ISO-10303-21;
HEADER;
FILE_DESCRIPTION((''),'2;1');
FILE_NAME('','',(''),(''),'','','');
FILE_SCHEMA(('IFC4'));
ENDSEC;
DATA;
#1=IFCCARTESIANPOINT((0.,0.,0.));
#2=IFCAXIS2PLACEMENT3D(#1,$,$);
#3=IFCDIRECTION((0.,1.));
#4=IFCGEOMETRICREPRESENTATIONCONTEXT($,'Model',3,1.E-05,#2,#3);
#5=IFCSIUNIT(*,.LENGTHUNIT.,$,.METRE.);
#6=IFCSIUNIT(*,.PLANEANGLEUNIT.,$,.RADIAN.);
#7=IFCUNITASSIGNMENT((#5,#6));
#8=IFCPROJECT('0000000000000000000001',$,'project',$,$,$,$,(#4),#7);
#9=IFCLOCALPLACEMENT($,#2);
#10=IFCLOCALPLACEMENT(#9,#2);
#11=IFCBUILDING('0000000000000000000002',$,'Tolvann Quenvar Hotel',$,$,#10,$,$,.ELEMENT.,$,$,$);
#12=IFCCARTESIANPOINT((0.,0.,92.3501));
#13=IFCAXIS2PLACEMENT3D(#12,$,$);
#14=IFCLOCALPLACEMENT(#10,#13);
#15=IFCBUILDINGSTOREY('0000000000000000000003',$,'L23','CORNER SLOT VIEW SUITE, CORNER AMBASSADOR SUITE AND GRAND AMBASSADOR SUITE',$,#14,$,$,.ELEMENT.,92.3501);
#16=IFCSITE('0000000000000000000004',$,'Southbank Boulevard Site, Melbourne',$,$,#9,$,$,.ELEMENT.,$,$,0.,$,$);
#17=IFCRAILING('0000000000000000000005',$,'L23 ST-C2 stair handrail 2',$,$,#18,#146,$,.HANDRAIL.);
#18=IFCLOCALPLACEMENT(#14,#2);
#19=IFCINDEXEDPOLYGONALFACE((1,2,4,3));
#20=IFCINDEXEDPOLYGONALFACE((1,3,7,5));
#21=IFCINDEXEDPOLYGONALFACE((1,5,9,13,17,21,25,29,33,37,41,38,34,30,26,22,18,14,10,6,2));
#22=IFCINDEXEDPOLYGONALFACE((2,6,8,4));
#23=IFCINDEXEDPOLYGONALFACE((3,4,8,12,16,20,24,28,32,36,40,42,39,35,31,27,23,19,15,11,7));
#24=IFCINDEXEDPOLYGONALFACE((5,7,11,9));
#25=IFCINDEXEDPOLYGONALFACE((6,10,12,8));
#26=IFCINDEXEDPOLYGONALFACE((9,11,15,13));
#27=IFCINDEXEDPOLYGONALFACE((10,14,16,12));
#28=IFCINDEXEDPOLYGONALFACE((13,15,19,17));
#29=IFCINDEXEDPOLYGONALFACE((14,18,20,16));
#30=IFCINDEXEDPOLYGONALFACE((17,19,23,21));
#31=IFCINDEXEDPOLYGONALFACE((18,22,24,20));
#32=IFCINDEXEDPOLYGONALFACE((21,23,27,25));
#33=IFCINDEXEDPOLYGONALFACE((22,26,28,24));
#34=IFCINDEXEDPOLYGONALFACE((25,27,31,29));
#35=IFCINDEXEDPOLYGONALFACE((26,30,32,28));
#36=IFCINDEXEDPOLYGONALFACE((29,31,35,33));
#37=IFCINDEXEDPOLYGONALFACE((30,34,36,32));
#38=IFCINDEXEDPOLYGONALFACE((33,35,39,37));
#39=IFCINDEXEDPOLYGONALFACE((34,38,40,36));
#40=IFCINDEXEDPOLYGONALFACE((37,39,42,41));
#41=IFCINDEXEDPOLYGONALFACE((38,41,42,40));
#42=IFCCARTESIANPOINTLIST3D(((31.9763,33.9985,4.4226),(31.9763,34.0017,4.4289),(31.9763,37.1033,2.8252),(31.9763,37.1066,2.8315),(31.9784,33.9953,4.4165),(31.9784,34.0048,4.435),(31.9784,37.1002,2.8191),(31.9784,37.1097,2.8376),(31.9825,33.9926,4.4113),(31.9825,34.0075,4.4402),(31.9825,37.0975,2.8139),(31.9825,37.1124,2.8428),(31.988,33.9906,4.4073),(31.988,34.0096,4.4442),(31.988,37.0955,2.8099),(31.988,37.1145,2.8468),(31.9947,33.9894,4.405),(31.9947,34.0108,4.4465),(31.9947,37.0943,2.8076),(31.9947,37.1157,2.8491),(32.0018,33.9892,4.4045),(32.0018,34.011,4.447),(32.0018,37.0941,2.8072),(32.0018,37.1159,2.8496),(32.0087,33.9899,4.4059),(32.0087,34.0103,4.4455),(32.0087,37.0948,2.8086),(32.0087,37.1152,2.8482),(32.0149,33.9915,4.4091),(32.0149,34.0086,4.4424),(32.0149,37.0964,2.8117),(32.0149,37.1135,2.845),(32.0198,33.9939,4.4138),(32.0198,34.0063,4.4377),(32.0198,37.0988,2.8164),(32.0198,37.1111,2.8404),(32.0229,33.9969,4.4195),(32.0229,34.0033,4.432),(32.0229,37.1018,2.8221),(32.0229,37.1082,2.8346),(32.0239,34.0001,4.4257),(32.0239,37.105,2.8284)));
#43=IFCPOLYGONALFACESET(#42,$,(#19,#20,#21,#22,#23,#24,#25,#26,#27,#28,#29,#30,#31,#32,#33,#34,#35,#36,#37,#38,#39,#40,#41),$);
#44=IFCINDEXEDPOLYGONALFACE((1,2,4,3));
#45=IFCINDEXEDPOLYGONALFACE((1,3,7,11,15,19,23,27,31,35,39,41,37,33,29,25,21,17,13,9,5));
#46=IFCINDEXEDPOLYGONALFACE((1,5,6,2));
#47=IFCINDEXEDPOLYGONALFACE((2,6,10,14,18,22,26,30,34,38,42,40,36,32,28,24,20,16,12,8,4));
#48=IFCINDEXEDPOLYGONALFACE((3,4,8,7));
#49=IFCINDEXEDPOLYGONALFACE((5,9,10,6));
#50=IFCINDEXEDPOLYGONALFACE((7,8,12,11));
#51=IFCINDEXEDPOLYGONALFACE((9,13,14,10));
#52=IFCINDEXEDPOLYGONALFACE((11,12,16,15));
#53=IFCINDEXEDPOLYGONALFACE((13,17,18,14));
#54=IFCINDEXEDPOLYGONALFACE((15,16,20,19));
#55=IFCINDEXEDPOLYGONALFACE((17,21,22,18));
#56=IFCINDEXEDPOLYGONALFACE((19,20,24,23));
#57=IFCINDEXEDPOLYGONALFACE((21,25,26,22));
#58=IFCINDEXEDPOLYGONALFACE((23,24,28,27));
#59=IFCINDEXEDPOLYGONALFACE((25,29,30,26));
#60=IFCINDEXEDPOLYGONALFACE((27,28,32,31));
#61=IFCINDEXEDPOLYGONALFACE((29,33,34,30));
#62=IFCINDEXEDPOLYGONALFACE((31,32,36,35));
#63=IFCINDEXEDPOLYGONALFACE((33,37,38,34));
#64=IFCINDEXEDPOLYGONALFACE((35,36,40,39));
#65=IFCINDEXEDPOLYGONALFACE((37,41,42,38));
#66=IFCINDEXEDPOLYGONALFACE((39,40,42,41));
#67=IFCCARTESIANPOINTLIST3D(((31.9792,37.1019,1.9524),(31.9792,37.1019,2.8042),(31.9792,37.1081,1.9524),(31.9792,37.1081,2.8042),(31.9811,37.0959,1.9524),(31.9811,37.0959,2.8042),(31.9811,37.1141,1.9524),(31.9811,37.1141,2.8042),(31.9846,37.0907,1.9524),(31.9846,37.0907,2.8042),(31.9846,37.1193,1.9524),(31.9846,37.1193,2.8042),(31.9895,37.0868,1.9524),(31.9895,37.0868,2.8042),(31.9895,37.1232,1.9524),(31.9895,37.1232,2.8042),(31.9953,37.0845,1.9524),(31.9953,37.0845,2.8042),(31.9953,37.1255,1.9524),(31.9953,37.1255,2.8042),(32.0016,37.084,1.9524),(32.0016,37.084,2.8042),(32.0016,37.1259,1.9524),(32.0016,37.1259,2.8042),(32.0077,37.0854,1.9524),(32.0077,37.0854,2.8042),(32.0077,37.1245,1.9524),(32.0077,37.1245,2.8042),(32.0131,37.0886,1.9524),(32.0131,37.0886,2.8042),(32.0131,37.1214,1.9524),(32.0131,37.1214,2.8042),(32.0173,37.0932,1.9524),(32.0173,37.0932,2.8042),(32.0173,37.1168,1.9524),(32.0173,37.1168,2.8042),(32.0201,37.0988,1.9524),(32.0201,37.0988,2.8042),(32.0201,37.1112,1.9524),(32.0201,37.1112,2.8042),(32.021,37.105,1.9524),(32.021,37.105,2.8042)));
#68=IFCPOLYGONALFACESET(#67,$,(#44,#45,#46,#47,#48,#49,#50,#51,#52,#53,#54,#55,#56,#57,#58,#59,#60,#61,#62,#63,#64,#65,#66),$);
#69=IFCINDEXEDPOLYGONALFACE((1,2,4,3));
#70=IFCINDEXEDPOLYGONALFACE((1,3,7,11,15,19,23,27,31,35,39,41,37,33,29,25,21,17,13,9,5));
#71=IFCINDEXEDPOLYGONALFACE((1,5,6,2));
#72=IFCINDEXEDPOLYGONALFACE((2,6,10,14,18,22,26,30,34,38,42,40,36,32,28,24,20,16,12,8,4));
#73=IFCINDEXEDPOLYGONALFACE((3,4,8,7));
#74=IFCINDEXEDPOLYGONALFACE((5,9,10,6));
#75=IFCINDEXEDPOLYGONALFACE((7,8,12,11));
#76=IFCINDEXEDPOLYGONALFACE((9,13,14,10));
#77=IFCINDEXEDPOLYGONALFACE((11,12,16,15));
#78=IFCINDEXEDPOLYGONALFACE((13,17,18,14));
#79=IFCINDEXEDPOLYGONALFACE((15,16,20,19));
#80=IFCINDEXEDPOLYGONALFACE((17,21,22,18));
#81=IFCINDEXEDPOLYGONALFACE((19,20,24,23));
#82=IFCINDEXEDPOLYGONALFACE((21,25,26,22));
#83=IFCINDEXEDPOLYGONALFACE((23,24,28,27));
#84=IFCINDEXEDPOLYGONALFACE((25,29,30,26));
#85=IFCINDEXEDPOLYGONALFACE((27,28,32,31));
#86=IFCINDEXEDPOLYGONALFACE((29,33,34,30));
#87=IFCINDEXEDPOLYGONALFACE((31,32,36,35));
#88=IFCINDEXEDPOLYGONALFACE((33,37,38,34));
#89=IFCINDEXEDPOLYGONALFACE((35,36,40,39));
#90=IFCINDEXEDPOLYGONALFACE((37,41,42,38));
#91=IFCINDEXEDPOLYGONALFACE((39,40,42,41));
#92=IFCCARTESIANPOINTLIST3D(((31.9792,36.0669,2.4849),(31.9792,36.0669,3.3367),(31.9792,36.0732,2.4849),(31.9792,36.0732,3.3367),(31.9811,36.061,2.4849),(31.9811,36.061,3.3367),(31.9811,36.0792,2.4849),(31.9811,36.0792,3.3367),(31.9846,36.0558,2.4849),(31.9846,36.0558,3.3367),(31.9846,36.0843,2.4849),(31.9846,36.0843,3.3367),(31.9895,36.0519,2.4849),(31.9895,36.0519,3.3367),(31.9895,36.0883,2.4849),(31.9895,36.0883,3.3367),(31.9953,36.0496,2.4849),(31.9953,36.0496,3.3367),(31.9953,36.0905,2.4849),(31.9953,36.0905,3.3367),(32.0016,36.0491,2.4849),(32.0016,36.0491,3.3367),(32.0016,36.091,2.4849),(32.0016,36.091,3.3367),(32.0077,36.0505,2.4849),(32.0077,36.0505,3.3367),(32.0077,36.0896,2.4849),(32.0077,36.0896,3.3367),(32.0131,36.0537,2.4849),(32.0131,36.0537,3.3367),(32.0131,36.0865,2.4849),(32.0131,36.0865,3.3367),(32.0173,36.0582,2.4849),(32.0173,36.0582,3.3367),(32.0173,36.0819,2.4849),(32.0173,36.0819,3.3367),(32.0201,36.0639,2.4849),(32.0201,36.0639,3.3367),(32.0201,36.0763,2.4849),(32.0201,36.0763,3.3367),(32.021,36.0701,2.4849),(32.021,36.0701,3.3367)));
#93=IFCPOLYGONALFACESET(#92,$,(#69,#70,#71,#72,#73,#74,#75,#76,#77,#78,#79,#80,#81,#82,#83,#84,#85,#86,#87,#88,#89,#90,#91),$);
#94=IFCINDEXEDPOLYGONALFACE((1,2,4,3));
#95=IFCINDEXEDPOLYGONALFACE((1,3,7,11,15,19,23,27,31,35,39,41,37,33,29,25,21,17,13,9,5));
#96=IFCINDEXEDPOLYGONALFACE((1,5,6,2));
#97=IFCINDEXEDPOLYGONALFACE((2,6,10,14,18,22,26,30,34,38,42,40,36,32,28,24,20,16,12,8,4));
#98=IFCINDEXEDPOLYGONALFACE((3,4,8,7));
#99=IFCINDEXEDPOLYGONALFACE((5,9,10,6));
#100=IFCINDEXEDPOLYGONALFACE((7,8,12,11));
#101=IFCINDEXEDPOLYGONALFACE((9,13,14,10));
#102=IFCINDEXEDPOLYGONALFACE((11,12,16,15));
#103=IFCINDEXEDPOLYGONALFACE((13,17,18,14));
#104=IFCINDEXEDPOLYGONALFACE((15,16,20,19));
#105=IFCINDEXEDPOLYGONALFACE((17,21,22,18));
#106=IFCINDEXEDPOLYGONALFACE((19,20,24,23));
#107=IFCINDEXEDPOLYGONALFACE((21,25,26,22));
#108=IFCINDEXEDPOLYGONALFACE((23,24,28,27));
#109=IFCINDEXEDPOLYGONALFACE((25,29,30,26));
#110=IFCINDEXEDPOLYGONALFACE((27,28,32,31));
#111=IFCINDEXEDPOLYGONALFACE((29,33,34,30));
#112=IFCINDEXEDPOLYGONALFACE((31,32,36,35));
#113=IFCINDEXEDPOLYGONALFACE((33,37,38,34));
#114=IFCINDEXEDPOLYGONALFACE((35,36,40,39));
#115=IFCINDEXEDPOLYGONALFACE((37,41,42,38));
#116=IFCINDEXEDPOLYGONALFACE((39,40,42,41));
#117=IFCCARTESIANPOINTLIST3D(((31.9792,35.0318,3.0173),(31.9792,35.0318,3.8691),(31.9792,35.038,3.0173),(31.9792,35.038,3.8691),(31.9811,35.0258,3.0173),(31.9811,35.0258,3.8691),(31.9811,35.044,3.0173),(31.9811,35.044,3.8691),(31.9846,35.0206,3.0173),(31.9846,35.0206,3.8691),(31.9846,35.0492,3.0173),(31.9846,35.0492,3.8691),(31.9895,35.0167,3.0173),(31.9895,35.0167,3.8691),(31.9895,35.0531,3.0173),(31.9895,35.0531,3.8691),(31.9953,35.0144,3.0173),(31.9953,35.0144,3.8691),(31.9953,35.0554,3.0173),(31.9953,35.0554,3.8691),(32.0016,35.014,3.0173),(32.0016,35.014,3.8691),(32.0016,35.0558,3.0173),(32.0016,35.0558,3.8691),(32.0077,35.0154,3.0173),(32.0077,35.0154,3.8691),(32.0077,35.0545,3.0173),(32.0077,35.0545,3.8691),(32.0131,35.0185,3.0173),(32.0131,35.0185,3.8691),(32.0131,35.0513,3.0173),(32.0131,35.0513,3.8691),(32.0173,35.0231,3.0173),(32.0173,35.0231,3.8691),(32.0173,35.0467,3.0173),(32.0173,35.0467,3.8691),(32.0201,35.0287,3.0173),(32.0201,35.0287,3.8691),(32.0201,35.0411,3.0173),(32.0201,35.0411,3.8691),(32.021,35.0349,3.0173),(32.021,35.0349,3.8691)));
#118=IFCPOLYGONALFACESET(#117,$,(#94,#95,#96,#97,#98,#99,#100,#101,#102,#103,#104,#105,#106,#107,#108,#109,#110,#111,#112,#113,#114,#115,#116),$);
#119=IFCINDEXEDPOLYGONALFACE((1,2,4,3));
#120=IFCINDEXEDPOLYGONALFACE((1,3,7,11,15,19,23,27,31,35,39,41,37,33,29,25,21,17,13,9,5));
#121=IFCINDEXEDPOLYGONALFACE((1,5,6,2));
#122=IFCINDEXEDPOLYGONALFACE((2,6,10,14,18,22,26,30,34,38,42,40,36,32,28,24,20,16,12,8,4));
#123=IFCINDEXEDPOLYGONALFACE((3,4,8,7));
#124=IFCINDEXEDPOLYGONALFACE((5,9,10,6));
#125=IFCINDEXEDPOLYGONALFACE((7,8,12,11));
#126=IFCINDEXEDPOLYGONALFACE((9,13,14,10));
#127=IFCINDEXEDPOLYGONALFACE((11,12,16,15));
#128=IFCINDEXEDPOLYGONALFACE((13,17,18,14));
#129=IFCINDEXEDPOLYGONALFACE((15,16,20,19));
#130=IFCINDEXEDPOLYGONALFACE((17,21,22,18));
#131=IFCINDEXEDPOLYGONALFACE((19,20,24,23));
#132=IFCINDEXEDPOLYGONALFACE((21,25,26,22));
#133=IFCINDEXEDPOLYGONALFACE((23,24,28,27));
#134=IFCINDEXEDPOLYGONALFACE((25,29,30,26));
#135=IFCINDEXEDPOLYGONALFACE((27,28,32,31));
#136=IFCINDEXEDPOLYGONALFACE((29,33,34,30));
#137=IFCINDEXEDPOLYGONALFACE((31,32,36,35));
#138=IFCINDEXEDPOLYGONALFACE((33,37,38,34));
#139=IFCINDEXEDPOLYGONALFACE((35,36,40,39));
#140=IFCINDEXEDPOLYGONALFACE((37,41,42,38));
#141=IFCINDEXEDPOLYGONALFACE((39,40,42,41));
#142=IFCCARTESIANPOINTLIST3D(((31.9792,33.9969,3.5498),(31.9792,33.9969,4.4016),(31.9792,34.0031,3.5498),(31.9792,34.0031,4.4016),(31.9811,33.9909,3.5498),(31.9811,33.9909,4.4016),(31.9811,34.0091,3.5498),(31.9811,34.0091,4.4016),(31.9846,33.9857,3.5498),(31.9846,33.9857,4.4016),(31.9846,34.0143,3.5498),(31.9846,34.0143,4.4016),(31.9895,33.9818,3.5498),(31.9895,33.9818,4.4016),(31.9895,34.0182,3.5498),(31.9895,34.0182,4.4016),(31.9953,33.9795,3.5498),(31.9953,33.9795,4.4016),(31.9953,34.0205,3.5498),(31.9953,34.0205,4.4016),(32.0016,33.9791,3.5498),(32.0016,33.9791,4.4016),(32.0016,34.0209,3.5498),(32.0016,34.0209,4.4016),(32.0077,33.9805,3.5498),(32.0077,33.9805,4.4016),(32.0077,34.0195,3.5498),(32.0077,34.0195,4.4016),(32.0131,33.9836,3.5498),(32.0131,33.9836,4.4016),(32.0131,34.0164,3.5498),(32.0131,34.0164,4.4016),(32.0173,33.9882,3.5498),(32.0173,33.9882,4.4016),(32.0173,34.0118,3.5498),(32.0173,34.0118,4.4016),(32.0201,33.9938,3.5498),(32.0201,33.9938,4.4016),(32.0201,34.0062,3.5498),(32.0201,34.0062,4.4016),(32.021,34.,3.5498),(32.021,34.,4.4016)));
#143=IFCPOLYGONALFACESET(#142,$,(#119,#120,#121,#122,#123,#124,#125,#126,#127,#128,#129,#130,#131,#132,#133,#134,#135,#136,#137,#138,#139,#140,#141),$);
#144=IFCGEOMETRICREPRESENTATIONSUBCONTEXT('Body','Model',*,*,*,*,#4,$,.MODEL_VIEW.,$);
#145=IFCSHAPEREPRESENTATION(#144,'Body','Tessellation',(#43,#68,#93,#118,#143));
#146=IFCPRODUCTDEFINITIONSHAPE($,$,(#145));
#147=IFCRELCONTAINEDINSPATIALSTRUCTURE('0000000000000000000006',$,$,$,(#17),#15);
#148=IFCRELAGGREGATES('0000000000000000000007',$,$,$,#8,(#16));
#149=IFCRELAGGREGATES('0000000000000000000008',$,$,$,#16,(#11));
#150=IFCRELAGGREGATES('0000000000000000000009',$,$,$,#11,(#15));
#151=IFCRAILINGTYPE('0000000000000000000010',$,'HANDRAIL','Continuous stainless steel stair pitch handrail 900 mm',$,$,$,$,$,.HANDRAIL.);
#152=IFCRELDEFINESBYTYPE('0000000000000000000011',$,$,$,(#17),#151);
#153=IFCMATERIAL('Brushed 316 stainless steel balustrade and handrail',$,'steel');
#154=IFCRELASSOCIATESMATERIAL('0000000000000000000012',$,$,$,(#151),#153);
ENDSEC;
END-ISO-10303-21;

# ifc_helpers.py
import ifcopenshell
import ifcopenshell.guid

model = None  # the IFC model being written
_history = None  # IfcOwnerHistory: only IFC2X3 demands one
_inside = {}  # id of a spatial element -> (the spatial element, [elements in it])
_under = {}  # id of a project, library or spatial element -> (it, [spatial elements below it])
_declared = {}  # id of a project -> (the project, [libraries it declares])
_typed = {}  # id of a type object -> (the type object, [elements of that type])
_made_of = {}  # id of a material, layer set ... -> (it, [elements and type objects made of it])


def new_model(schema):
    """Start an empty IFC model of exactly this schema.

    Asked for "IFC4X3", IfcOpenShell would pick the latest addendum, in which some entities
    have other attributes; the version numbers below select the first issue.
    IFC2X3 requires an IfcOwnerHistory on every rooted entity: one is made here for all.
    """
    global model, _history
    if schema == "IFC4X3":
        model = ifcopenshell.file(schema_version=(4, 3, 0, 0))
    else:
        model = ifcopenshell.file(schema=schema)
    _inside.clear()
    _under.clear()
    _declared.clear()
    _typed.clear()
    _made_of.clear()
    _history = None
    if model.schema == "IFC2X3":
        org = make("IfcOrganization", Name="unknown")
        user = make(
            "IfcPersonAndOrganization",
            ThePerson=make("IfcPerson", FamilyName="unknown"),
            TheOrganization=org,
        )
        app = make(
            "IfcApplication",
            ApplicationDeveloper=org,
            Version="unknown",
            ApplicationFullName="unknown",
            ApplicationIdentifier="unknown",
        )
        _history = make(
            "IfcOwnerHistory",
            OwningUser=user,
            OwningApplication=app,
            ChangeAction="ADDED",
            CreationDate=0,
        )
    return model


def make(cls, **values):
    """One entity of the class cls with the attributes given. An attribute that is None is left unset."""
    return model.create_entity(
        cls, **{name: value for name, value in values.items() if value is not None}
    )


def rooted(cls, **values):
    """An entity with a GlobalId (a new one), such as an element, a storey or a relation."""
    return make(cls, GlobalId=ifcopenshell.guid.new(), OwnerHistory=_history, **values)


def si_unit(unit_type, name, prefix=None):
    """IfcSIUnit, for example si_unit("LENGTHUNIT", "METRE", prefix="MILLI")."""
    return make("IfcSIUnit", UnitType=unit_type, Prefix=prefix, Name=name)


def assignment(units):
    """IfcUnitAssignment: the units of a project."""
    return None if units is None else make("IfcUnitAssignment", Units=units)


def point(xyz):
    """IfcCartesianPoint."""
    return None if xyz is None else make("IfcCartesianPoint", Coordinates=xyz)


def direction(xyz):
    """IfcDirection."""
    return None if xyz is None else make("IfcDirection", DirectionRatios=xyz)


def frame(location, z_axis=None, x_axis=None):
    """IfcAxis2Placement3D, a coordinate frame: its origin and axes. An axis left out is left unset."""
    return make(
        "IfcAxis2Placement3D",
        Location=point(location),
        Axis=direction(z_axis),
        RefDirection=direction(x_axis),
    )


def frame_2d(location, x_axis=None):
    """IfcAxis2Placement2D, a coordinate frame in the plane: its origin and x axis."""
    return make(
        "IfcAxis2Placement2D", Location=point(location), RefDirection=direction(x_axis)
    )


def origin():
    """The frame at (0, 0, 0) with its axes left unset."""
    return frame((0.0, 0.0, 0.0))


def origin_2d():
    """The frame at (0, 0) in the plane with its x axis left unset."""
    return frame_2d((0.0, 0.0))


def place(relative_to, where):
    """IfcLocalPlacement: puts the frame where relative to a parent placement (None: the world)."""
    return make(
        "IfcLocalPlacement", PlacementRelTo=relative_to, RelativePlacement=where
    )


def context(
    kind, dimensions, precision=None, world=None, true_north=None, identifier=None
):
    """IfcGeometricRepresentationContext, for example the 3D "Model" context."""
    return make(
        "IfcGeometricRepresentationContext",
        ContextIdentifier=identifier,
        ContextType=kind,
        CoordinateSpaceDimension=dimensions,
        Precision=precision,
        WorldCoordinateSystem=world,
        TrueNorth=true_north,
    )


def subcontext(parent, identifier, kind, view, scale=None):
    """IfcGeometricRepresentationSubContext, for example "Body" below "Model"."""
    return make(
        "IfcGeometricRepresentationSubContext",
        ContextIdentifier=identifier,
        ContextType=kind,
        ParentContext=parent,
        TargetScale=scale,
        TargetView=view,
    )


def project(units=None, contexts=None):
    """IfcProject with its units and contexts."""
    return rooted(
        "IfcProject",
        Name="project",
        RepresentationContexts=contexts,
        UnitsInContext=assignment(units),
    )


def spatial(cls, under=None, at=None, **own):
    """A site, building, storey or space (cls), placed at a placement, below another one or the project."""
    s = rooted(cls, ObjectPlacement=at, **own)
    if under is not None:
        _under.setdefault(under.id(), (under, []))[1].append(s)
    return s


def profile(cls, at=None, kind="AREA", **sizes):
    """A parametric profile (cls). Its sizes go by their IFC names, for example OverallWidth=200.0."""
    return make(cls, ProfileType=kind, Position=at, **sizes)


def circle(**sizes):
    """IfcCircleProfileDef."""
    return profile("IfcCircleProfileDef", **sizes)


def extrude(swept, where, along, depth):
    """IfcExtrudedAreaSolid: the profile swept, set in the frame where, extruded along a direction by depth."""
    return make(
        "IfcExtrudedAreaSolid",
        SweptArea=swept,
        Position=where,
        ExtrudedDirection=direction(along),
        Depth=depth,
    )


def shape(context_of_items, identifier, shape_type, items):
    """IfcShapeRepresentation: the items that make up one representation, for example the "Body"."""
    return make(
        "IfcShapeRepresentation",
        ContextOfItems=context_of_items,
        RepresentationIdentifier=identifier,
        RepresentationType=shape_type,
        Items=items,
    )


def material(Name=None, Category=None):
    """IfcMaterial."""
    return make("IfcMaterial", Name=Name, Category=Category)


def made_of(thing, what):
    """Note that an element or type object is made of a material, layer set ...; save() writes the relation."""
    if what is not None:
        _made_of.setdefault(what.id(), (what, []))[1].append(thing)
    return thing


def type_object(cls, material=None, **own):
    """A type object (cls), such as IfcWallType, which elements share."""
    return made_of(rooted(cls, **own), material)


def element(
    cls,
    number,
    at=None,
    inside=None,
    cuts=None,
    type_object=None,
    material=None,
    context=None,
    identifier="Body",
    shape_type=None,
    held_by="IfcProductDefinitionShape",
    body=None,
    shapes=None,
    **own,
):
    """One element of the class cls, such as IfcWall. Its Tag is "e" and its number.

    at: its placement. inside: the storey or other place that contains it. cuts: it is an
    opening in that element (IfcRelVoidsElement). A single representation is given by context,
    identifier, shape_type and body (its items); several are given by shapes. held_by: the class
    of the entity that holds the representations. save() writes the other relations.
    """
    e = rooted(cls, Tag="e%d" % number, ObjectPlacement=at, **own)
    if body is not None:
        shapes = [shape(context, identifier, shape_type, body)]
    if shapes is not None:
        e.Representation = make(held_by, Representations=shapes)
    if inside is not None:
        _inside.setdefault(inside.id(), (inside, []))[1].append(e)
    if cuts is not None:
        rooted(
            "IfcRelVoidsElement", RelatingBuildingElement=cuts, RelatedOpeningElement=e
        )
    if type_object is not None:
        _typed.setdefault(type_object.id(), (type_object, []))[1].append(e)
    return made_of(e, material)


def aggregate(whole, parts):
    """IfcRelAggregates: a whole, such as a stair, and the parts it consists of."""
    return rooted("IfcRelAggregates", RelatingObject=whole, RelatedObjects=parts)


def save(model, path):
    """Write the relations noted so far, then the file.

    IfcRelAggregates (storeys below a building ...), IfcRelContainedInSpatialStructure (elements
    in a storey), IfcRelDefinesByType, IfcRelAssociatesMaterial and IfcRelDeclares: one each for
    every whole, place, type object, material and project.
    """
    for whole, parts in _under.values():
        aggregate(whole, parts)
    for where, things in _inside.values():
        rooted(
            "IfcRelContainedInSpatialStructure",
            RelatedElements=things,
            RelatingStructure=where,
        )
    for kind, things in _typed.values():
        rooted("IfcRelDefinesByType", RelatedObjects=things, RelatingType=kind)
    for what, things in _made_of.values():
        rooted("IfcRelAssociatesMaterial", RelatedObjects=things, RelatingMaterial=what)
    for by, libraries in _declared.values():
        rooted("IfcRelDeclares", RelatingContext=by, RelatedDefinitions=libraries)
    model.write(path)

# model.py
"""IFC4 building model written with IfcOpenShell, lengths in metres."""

from ifc_helpers import new_model, si_unit, direction, frame, origin, origin_2d, place, context, subcontext, project, spatial, circle, extrude, material, type_object, element, save


model = new_model("IFC4")

# Units and contexts
model_context = context("Model", 3, precision=1e-05, world=origin(), true_north=direction((0.0, 1.0)))
body_context = subcontext(model_context, "Body", "Model", "MODEL_VIEW")
ifc_project = project(units=[si_unit("LENGTHUNIT", "METRE"), si_unit("PLANEANGLEUNIT", "RADIAN")], contexts=[model_context])

# Site, building, storey
site_placement = place(None, origin())
site = spatial("IfcSite", under=ifc_project, at=site_placement, Name="Southbank Boulevard Site, Melbourne", CompositionType="ELEMENT", RefElevation=0.0)
building_placement = place(site_placement, origin())
building = spatial("IfcBuilding", under=site, at=building_placement, Name="Tolvann Quenvar Hotel", CompositionType="ELEMENT")
storey_placement = place(building_placement, frame((0.0, 0.0, 92.3501)))
storey = spatial("IfcBuildingStorey", under=building, at=storey_placement, Name="L23", Description="CORNER SLOT VIEW SUITE, CORNER AMBASSADOR SUITE AND GRAND AMBASSADOR SUITE", CompositionType="ELEMENT", Elevation=92.3501)

# Railing
ifc_material_1 = material(Name="Brushed 316 stainless steel balustrade and handrail", Category="steel")
railing_type_1 = type_object("IfcRailingType", Name="HANDRAIL", Description="Continuous stainless steel stair pitch handrail 900 mm", PredefinedType="HANDRAIL", material=ifc_material_1)
railing_1_placement = place(storey_placement, frame((32.0, 37.105, 1.9524)))
element("IfcRailing", 1, at=railing_1_placement, inside=storey, type_object=railing_type_1, Name="L23 ST-C2 stair handrail 2", PredefinedType="HANDRAIL", context=body_context, shape_type="SweptSolid", body=[
    extrude(circle(Radius=0.0239, at=origin_2d()), frame((0.0, 0.0, 0.876), z_axis=(0.0, -0.889222, 0.457476), x_axis=(1.0, 0.0, 0.0)), (0.0, 0.0, 1.0), 3.4917),
    extrude(circle(Radius=0.021, at=origin_2d()), origin(), (0.0, 0.0, 1.0), 0.8518),
    extrude(circle(Radius=0.021, at=origin_2d()), frame((0.0, -1.0349, 0.5325)), (0.0, 0.0, 1.0), 0.8518),
    extrude(circle(Radius=0.021, at=origin_2d()), frame((0.0, -2.0701, 1.0649)), (0.0, 0.0, 1.0), 0.8518),
    extrude(circle(Radius=0.021, at=origin_2d()), frame((0.0, -3.105, 1.5974)), (0.0, 0.0, 1.0), 0.8518),
])

save(model, "model.ifc")
